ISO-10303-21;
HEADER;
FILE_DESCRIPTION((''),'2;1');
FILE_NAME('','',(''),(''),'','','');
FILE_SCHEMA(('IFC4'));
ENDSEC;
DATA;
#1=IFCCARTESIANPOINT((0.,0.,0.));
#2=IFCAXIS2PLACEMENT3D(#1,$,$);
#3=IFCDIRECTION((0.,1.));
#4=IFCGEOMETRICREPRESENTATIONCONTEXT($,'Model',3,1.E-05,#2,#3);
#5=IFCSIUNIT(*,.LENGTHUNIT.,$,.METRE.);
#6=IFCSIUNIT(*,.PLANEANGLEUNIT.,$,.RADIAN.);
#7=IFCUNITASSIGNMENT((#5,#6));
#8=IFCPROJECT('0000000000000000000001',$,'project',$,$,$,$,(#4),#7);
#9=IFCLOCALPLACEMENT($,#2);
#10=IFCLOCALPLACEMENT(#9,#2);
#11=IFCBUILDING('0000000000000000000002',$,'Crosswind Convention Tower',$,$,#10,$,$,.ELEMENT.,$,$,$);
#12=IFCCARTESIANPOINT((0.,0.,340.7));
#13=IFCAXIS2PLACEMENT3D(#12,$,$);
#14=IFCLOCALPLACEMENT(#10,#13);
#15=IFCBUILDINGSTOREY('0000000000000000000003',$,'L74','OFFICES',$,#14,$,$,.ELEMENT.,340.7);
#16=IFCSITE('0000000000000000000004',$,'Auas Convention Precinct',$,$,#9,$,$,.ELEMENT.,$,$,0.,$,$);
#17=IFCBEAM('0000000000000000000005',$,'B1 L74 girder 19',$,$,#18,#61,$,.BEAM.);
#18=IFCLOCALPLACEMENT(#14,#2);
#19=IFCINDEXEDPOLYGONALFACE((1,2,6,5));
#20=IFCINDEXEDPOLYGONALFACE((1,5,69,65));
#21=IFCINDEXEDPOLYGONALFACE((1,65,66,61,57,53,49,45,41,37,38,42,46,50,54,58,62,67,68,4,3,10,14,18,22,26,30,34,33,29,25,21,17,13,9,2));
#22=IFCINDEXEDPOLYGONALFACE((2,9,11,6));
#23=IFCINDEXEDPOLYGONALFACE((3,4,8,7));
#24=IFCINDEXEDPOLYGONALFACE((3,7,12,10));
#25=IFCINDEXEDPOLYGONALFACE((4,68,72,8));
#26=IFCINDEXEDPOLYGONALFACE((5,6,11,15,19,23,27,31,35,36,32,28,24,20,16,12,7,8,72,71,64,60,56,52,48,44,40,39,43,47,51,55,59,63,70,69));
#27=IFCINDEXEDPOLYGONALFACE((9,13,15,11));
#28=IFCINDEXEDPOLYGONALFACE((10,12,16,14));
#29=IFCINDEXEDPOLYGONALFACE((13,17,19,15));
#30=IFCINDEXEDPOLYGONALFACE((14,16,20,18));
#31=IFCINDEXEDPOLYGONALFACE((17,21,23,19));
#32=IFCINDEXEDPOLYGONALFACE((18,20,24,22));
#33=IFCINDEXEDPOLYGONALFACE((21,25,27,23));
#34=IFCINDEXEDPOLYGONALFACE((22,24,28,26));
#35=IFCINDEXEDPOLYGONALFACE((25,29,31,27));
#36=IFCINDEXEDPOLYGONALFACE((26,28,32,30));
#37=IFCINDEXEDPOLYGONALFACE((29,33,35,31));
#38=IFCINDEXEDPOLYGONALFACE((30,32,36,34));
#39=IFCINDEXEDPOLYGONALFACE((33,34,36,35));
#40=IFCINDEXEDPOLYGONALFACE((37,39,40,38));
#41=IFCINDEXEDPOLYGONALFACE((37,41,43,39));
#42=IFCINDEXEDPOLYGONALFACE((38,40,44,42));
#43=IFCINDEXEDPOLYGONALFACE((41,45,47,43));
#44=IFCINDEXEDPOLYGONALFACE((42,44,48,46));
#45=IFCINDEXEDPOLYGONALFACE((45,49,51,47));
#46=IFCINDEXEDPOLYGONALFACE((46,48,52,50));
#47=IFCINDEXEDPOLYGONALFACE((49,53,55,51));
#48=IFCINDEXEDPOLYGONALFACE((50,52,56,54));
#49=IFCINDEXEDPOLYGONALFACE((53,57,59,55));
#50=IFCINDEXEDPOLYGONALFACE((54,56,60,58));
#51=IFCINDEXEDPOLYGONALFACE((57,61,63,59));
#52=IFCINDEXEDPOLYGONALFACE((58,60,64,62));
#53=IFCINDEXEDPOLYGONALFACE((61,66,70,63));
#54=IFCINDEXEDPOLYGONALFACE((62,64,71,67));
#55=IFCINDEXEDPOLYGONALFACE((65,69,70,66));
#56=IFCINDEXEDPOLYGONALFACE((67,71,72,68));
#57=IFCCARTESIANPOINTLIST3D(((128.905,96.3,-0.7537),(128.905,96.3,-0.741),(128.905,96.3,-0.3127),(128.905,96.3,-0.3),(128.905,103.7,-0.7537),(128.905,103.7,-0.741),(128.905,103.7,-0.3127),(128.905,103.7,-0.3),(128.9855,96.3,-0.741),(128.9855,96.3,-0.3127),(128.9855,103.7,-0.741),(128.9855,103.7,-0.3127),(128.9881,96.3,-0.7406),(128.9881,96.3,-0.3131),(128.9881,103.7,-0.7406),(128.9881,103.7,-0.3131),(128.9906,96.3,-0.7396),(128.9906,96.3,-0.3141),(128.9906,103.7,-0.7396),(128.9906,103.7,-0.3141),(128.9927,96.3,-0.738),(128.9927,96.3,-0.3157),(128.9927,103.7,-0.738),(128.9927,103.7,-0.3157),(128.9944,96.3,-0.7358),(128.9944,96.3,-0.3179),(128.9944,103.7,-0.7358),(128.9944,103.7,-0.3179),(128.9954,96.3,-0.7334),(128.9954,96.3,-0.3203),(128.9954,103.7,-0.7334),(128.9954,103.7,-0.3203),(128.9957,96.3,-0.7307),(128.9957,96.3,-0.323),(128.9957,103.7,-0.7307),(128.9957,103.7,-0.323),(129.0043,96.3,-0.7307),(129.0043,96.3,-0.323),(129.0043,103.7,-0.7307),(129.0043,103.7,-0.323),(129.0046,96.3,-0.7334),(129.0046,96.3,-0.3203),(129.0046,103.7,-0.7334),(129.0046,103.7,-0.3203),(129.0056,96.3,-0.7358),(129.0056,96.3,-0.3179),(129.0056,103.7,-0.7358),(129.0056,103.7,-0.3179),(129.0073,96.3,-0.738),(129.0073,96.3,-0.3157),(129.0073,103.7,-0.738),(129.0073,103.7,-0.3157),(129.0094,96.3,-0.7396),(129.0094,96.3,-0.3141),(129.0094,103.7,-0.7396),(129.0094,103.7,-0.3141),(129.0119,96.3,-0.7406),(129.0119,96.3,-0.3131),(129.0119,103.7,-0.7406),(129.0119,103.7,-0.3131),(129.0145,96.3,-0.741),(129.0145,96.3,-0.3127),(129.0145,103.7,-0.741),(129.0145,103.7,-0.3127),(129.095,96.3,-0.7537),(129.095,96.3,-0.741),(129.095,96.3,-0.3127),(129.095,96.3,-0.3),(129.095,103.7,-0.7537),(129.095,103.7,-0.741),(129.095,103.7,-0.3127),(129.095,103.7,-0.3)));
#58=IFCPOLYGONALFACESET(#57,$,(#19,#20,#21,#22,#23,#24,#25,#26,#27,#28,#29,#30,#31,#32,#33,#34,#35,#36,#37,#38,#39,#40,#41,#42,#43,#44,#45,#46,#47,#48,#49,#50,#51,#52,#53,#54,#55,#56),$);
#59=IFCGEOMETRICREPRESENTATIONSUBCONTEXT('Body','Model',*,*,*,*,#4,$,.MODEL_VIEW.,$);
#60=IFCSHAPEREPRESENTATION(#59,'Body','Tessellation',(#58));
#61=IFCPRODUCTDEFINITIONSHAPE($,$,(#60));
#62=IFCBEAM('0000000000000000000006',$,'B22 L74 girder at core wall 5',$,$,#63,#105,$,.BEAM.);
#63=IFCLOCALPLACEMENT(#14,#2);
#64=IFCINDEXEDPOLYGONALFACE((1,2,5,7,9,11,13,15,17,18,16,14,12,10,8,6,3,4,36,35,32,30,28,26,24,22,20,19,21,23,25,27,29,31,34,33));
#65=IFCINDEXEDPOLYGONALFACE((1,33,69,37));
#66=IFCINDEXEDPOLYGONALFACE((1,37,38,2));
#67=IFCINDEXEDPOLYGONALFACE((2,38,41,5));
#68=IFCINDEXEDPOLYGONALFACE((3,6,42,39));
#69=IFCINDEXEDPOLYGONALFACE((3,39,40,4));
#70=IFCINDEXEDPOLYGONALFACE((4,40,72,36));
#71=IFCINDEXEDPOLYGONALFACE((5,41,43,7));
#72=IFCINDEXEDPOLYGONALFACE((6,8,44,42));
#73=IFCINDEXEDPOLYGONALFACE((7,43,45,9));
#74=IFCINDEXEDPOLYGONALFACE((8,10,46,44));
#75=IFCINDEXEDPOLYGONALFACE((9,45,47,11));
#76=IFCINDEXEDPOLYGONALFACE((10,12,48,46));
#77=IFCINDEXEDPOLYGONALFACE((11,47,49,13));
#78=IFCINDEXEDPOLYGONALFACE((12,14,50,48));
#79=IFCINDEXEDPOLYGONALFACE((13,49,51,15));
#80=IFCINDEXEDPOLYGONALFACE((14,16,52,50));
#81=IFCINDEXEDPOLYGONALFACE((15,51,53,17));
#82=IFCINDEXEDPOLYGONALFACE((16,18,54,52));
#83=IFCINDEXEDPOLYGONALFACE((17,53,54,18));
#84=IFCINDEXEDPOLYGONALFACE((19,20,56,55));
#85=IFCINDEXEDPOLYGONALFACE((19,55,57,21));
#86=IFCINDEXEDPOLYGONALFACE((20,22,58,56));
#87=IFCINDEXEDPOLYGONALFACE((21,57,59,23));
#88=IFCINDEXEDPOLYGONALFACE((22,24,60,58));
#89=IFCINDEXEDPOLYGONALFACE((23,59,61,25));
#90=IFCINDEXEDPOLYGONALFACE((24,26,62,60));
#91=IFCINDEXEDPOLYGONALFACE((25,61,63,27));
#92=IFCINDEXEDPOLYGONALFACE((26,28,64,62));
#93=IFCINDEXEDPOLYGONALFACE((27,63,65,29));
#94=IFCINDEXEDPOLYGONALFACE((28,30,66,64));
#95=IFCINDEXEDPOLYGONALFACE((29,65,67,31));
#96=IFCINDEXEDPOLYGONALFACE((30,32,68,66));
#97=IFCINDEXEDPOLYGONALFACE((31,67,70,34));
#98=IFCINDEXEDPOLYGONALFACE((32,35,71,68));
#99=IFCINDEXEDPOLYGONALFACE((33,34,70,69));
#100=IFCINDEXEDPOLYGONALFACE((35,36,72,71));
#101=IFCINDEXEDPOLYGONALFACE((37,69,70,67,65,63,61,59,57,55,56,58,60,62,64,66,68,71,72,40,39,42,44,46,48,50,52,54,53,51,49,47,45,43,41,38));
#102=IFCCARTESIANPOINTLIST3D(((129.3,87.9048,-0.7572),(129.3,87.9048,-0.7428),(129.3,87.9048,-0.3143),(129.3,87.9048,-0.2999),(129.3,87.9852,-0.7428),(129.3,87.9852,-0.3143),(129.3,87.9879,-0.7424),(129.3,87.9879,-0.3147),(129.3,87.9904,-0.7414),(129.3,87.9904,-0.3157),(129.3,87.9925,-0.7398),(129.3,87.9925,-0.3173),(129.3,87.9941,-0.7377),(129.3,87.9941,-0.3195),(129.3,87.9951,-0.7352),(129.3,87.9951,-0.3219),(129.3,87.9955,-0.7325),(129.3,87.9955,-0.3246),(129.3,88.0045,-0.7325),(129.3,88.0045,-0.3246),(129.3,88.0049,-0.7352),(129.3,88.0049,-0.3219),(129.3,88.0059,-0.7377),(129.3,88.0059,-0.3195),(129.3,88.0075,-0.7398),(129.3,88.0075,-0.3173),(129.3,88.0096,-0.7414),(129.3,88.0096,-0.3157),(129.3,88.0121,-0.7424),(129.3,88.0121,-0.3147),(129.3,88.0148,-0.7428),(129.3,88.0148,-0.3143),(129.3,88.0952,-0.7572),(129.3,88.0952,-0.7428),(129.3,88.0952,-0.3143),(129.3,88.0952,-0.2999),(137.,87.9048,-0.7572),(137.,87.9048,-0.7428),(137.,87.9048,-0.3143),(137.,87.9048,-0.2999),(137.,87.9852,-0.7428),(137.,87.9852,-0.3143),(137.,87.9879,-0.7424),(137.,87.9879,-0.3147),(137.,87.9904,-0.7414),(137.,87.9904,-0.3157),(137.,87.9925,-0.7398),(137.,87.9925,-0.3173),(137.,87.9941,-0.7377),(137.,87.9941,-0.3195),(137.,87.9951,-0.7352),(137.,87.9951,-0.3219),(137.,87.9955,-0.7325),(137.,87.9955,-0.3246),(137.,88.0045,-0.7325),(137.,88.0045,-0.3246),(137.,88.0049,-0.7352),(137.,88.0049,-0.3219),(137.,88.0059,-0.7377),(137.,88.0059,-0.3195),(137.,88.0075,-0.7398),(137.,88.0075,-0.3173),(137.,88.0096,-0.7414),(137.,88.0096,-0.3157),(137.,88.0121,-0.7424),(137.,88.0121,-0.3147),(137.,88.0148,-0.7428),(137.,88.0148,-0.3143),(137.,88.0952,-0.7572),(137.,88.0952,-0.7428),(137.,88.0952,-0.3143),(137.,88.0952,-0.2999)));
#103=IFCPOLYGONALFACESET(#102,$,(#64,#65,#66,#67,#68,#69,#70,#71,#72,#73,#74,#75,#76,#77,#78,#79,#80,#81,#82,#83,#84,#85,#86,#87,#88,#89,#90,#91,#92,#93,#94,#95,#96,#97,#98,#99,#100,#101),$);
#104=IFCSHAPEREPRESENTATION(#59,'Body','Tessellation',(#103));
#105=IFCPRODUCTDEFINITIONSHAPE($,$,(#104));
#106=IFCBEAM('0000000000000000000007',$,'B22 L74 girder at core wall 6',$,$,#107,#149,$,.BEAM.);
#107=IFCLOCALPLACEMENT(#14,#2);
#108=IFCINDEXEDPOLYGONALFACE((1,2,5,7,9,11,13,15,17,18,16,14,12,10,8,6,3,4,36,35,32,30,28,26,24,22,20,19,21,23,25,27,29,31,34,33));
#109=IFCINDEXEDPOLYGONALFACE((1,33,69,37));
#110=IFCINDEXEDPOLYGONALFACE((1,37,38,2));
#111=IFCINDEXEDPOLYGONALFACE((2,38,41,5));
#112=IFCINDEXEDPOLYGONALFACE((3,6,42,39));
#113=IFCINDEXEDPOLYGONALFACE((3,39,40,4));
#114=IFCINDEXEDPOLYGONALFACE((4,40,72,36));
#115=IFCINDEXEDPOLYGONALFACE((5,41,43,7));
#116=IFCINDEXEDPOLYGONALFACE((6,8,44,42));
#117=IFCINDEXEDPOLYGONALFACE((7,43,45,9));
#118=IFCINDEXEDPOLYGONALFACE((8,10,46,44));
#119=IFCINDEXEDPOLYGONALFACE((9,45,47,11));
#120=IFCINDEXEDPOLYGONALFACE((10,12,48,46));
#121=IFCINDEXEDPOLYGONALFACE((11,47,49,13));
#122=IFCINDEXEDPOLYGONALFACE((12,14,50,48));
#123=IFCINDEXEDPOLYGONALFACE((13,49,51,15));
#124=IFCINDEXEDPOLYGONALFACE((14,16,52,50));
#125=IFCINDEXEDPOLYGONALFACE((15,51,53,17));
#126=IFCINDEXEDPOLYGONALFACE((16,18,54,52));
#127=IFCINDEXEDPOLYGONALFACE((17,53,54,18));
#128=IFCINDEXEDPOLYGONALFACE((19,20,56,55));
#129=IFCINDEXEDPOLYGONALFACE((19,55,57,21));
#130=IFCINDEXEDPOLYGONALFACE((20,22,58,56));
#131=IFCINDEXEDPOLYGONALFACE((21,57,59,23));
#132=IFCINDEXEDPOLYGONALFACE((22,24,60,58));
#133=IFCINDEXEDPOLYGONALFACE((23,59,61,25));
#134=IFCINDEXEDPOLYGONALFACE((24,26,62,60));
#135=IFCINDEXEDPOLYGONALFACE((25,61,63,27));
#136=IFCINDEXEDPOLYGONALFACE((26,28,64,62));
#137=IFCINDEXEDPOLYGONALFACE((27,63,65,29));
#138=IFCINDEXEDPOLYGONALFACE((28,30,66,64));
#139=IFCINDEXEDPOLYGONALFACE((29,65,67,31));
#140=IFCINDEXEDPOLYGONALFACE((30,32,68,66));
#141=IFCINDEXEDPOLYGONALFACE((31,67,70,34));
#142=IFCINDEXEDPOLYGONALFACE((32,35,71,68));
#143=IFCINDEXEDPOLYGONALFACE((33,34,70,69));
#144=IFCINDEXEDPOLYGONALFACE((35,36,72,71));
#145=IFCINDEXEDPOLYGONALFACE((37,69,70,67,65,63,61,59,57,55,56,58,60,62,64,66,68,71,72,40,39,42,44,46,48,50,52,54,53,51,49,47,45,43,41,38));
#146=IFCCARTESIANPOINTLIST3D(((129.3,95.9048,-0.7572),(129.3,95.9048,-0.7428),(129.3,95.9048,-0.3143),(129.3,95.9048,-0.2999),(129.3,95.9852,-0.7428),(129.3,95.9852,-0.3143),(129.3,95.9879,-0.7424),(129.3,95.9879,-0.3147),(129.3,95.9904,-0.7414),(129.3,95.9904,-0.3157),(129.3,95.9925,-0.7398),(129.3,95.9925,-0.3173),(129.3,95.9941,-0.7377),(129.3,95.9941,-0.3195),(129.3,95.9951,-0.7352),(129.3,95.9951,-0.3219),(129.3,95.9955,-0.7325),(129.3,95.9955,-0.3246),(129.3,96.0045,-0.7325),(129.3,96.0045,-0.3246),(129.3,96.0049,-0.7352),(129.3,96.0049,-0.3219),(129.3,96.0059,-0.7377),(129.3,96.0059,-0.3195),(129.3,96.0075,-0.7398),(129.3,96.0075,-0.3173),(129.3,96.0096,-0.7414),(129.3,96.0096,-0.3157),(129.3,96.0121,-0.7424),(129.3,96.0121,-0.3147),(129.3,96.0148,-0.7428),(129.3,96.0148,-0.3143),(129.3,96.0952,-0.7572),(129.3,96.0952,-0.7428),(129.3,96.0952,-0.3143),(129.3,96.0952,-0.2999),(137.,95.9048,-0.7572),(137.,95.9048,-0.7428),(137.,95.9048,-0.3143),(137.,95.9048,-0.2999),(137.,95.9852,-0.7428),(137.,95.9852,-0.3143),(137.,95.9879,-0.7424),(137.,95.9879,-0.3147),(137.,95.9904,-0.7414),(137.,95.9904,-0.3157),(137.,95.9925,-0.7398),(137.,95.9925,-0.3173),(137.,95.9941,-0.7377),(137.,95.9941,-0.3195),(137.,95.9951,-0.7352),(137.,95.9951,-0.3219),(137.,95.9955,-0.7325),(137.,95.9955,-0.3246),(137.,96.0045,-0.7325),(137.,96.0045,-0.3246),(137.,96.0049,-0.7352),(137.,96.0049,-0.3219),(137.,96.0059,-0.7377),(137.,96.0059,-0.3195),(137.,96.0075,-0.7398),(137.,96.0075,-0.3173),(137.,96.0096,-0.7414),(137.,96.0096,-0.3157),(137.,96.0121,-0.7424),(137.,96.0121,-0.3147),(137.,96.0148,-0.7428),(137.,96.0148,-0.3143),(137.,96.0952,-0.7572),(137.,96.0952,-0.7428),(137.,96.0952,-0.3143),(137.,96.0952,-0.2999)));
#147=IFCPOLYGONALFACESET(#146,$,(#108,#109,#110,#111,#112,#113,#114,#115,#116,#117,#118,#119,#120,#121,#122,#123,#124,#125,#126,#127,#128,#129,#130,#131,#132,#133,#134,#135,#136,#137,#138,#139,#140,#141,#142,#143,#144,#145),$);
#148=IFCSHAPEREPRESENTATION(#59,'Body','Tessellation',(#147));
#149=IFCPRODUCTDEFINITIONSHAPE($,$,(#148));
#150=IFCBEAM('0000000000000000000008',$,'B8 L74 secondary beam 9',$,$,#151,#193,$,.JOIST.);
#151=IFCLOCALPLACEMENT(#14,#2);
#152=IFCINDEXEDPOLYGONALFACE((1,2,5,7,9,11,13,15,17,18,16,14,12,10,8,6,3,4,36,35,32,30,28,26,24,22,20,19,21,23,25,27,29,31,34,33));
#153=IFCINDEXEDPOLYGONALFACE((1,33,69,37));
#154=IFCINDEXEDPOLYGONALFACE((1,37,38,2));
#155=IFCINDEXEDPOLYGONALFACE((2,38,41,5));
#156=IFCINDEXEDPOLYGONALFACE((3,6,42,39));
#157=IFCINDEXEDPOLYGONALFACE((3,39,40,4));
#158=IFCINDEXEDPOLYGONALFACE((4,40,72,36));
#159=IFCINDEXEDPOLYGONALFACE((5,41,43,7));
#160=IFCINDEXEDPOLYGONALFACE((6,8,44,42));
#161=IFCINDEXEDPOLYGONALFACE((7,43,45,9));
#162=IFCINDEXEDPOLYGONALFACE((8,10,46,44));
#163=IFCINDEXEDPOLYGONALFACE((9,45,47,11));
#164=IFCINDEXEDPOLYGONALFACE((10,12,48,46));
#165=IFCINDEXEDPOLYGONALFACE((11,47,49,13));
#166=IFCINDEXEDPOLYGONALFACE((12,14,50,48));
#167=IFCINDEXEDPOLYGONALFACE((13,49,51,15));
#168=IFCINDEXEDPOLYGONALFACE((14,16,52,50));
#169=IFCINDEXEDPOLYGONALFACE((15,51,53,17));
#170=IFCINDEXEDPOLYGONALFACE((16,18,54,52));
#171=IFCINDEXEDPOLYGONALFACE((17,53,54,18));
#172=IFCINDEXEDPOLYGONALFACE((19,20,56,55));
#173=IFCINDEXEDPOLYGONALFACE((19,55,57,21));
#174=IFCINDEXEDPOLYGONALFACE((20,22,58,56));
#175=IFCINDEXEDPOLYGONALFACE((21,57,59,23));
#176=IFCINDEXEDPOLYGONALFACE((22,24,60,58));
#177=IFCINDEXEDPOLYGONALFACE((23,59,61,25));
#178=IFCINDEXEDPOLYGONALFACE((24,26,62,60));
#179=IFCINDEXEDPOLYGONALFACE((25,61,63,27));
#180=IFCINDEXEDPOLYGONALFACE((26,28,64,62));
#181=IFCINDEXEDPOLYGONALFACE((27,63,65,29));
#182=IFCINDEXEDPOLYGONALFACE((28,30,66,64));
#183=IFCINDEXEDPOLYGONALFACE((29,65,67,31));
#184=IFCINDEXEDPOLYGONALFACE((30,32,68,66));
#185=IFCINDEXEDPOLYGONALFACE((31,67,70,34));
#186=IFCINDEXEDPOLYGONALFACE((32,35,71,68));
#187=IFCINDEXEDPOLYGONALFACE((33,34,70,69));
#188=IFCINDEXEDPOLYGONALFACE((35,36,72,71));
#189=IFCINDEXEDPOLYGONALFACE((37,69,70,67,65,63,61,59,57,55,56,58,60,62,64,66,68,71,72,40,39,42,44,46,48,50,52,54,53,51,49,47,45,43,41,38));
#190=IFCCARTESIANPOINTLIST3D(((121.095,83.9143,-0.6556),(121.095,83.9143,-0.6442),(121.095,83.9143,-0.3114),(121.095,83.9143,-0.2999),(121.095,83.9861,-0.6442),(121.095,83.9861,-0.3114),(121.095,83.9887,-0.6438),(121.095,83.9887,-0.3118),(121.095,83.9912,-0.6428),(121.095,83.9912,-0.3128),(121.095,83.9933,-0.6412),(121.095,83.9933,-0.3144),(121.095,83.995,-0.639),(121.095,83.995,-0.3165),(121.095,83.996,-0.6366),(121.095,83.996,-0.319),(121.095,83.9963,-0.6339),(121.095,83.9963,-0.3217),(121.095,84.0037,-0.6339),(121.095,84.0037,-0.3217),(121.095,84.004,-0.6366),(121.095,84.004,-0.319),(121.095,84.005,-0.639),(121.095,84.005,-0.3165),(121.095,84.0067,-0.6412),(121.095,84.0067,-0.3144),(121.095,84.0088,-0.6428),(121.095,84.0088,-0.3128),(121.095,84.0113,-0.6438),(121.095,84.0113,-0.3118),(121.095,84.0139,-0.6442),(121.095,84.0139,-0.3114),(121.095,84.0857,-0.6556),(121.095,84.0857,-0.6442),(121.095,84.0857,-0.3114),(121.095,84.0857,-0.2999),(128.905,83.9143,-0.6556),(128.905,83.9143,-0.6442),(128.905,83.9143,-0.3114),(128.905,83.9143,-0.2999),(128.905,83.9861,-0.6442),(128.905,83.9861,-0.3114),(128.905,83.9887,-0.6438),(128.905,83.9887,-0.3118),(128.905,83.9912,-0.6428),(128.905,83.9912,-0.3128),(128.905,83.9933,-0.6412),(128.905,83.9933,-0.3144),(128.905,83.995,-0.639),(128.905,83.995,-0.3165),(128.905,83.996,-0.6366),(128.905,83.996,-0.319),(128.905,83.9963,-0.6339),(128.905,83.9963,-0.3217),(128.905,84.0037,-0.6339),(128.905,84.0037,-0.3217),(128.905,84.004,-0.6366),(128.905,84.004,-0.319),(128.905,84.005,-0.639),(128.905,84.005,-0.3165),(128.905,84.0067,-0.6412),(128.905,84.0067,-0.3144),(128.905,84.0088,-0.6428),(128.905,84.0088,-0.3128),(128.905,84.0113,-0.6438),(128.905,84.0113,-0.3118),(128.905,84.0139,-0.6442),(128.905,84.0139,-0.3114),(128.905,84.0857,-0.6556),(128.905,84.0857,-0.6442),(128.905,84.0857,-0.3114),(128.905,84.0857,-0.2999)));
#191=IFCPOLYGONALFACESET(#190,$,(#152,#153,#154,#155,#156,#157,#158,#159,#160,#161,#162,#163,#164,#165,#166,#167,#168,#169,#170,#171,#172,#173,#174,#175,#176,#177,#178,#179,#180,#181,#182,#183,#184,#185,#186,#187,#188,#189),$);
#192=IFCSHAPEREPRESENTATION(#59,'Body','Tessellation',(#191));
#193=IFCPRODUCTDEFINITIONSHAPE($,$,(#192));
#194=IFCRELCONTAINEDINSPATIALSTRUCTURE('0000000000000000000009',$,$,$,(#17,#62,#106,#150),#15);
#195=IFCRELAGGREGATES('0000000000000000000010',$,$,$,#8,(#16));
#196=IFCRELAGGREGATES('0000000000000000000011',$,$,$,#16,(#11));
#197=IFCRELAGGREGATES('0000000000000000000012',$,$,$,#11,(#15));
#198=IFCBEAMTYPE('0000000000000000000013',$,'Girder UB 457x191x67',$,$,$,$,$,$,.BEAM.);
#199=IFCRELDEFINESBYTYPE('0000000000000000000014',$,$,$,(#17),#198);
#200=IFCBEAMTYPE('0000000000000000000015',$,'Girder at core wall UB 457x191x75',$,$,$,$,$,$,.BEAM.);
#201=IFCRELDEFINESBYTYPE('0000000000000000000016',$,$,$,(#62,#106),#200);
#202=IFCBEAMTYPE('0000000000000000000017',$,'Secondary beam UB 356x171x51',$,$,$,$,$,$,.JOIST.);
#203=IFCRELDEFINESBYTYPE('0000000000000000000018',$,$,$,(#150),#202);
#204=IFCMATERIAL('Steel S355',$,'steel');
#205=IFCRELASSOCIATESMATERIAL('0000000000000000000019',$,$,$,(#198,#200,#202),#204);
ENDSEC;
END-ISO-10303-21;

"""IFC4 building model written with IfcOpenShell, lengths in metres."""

from ifc_helpers import new_model, si_unit, direction, frame, origin, origin_2d, place, context, subcontext, project, spatial, i_section, extrude, material, material_profile, profile_set, type_object, element, save


model = new_model("IFC4")

# Units and contexts
model_context = context("Model", 3, precision=1e-05, world=origin(), true_north=direction((0.0, 1.0)))
body_context = subcontext(model_context, "Body", "Model", "MODEL_VIEW")
ifc_project = project(units=[si_unit("LENGTHUNIT", "METRE"), si_unit("PLANEANGLEUNIT", "RADIAN")], contexts=[model_context])

# Site, building, storey
site_placement = place(None, origin())
site = spatial("IfcSite", under=ifc_project, at=site_placement, Name="Auas Convention Precinct", CompositionType="ELEMENT", RefElevation=0.0)
building_placement = place(site_placement, origin())
building = spatial("IfcBuilding", under=site, at=building_placement, Name="Crosswind Convention Tower", CompositionType="ELEMENT")
storey_placement = place(building_placement, frame((0.0, 0.0, 340.7)))
storey = spatial("IfcBuildingStorey", under=building, at=storey_placement, Name="L74", Description="OFFICES", CompositionType="ELEMENT", Elevation=340.7)

# Beams
ifc_material_1 = material(Name="Steel S355", Category="steel")
ifc_material_profile_1 = material_profile(ifc_material_1, i_section(OverallWidth=0.1899, OverallDepth=0.4536, WebThickness=0.0085, FlangeThickness=0.0127, FilletRadius=0.0103, at=origin_2d()), Name="UB 457x191x67")
ifc_profile_set_1 = profile_set([ifc_material_profile_1], Name="Steel S355")
beam_type_1 = type_object("IfcBeamType", Name="Girder UB 457x191x67", PredefinedType="BEAM", material=ifc_profile_set_1)
for number, where, z_axis, x_axis, name in (
    (1, (129.0, 96.3, -0.5269), (0.0, 1.0, 0.0), (-1.0, 0.0, 0.0), "B1 L74 girder 19"),
):
    element("IfcBeam", number, at=place(storey_placement, frame(where, z_axis=z_axis, x_axis=x_axis)), inside=storey, type_object=beam_type_1, Name=name, PredefinedType="BEAM", context=body_context, shape_type="SweptSolid", body=[
        extrude(i_section(OverallWidth=0.1899, OverallDepth=0.4536, WebThickness=0.0085, FlangeThickness=0.0127, FilletRadius=0.0103, at=origin_2d()), origin(), (0.0, 0.0, 1.0), 7.3999),
    ])
ifc_material_profile_2 = material_profile(ifc_material_1, i_section(OverallWidth=0.1904, OverallDepth=0.4573, WebThickness=0.009, FlangeThickness=0.0144, FilletRadius=0.0103, at=origin_2d()), Name="UB 457x191x75")
ifc_profile_set_2 = profile_set([ifc_material_profile_2], Name="Steel S355")
beam_type_2 = type_object("IfcBeamType", Name="Girder at core wall UB 457x191x75", PredefinedType="BEAM", material=ifc_profile_set_2)
for number, where, z_axis, x_axis, name in (
    (2, (129.3, 88.0, -0.5286), (1.0, 0.0, 0.0), (0.0, 1.0, 0.0), "B22 L74 girder at core wall 5"),
    (3, (129.3, 96.0, -0.5286), (1.0, 0.0, 0.0), (0.0, 1.0, 0.0), "B22 L74 girder at core wall 6"),
):
    element("IfcBeam", number, at=place(storey_placement, frame(where, z_axis=z_axis, x_axis=x_axis)), inside=storey, type_object=beam_type_2, Name=name, PredefinedType="BEAM", context=body_context, shape_type="SweptSolid", body=[
        extrude(i_section(OverallWidth=0.1904, OverallDepth=0.4573, WebThickness=0.009, FlangeThickness=0.0144, FilletRadius=0.0103, at=origin_2d()), origin(), (0.0, 0.0, 1.0), 7.7),
    ])
ifc_material_profile_3 = material_profile(ifc_material_1, i_section(OverallWidth=0.1714, OverallDepth=0.3557, WebThickness=0.0073, FlangeThickness=0.0115, FilletRadius=0.0103, at=origin_2d()), Name="UB 356x171x51")
ifc_profile_set_3 = profile_set([ifc_material_profile_3], Name="Steel S355")
beam_type_3 = type_object("IfcBeamType", Name="Secondary beam UB 356x171x51", PredefinedType="JOIST", material=ifc_profile_set_3)
for number, where, z_axis, x_axis, name in (
    (4, (121.095, 84.0, -0.4778), (1.0, 0.0, 0.0), (0.0, 1.0, 0.0), "B8 L74 secondary beam 9"),
):
    element("IfcBeam", number, at=place(storey_placement, frame(where, z_axis=z_axis, x_axis=x_axis)), inside=storey, type_object=beam_type_3, Name=name, PredefinedType="JOIST", context=body_context, shape_type="SweptSolid", body=[
        extrude(i_section(OverallWidth=0.1714, OverallDepth=0.3557, WebThickness=0.0073, FlangeThickness=0.0115, FilletRadius=0.0103, at=origin_2d()), origin(), (0.0, 0.0, 1.0), 7.8101),
    ])

save(model, "model.ifc")
